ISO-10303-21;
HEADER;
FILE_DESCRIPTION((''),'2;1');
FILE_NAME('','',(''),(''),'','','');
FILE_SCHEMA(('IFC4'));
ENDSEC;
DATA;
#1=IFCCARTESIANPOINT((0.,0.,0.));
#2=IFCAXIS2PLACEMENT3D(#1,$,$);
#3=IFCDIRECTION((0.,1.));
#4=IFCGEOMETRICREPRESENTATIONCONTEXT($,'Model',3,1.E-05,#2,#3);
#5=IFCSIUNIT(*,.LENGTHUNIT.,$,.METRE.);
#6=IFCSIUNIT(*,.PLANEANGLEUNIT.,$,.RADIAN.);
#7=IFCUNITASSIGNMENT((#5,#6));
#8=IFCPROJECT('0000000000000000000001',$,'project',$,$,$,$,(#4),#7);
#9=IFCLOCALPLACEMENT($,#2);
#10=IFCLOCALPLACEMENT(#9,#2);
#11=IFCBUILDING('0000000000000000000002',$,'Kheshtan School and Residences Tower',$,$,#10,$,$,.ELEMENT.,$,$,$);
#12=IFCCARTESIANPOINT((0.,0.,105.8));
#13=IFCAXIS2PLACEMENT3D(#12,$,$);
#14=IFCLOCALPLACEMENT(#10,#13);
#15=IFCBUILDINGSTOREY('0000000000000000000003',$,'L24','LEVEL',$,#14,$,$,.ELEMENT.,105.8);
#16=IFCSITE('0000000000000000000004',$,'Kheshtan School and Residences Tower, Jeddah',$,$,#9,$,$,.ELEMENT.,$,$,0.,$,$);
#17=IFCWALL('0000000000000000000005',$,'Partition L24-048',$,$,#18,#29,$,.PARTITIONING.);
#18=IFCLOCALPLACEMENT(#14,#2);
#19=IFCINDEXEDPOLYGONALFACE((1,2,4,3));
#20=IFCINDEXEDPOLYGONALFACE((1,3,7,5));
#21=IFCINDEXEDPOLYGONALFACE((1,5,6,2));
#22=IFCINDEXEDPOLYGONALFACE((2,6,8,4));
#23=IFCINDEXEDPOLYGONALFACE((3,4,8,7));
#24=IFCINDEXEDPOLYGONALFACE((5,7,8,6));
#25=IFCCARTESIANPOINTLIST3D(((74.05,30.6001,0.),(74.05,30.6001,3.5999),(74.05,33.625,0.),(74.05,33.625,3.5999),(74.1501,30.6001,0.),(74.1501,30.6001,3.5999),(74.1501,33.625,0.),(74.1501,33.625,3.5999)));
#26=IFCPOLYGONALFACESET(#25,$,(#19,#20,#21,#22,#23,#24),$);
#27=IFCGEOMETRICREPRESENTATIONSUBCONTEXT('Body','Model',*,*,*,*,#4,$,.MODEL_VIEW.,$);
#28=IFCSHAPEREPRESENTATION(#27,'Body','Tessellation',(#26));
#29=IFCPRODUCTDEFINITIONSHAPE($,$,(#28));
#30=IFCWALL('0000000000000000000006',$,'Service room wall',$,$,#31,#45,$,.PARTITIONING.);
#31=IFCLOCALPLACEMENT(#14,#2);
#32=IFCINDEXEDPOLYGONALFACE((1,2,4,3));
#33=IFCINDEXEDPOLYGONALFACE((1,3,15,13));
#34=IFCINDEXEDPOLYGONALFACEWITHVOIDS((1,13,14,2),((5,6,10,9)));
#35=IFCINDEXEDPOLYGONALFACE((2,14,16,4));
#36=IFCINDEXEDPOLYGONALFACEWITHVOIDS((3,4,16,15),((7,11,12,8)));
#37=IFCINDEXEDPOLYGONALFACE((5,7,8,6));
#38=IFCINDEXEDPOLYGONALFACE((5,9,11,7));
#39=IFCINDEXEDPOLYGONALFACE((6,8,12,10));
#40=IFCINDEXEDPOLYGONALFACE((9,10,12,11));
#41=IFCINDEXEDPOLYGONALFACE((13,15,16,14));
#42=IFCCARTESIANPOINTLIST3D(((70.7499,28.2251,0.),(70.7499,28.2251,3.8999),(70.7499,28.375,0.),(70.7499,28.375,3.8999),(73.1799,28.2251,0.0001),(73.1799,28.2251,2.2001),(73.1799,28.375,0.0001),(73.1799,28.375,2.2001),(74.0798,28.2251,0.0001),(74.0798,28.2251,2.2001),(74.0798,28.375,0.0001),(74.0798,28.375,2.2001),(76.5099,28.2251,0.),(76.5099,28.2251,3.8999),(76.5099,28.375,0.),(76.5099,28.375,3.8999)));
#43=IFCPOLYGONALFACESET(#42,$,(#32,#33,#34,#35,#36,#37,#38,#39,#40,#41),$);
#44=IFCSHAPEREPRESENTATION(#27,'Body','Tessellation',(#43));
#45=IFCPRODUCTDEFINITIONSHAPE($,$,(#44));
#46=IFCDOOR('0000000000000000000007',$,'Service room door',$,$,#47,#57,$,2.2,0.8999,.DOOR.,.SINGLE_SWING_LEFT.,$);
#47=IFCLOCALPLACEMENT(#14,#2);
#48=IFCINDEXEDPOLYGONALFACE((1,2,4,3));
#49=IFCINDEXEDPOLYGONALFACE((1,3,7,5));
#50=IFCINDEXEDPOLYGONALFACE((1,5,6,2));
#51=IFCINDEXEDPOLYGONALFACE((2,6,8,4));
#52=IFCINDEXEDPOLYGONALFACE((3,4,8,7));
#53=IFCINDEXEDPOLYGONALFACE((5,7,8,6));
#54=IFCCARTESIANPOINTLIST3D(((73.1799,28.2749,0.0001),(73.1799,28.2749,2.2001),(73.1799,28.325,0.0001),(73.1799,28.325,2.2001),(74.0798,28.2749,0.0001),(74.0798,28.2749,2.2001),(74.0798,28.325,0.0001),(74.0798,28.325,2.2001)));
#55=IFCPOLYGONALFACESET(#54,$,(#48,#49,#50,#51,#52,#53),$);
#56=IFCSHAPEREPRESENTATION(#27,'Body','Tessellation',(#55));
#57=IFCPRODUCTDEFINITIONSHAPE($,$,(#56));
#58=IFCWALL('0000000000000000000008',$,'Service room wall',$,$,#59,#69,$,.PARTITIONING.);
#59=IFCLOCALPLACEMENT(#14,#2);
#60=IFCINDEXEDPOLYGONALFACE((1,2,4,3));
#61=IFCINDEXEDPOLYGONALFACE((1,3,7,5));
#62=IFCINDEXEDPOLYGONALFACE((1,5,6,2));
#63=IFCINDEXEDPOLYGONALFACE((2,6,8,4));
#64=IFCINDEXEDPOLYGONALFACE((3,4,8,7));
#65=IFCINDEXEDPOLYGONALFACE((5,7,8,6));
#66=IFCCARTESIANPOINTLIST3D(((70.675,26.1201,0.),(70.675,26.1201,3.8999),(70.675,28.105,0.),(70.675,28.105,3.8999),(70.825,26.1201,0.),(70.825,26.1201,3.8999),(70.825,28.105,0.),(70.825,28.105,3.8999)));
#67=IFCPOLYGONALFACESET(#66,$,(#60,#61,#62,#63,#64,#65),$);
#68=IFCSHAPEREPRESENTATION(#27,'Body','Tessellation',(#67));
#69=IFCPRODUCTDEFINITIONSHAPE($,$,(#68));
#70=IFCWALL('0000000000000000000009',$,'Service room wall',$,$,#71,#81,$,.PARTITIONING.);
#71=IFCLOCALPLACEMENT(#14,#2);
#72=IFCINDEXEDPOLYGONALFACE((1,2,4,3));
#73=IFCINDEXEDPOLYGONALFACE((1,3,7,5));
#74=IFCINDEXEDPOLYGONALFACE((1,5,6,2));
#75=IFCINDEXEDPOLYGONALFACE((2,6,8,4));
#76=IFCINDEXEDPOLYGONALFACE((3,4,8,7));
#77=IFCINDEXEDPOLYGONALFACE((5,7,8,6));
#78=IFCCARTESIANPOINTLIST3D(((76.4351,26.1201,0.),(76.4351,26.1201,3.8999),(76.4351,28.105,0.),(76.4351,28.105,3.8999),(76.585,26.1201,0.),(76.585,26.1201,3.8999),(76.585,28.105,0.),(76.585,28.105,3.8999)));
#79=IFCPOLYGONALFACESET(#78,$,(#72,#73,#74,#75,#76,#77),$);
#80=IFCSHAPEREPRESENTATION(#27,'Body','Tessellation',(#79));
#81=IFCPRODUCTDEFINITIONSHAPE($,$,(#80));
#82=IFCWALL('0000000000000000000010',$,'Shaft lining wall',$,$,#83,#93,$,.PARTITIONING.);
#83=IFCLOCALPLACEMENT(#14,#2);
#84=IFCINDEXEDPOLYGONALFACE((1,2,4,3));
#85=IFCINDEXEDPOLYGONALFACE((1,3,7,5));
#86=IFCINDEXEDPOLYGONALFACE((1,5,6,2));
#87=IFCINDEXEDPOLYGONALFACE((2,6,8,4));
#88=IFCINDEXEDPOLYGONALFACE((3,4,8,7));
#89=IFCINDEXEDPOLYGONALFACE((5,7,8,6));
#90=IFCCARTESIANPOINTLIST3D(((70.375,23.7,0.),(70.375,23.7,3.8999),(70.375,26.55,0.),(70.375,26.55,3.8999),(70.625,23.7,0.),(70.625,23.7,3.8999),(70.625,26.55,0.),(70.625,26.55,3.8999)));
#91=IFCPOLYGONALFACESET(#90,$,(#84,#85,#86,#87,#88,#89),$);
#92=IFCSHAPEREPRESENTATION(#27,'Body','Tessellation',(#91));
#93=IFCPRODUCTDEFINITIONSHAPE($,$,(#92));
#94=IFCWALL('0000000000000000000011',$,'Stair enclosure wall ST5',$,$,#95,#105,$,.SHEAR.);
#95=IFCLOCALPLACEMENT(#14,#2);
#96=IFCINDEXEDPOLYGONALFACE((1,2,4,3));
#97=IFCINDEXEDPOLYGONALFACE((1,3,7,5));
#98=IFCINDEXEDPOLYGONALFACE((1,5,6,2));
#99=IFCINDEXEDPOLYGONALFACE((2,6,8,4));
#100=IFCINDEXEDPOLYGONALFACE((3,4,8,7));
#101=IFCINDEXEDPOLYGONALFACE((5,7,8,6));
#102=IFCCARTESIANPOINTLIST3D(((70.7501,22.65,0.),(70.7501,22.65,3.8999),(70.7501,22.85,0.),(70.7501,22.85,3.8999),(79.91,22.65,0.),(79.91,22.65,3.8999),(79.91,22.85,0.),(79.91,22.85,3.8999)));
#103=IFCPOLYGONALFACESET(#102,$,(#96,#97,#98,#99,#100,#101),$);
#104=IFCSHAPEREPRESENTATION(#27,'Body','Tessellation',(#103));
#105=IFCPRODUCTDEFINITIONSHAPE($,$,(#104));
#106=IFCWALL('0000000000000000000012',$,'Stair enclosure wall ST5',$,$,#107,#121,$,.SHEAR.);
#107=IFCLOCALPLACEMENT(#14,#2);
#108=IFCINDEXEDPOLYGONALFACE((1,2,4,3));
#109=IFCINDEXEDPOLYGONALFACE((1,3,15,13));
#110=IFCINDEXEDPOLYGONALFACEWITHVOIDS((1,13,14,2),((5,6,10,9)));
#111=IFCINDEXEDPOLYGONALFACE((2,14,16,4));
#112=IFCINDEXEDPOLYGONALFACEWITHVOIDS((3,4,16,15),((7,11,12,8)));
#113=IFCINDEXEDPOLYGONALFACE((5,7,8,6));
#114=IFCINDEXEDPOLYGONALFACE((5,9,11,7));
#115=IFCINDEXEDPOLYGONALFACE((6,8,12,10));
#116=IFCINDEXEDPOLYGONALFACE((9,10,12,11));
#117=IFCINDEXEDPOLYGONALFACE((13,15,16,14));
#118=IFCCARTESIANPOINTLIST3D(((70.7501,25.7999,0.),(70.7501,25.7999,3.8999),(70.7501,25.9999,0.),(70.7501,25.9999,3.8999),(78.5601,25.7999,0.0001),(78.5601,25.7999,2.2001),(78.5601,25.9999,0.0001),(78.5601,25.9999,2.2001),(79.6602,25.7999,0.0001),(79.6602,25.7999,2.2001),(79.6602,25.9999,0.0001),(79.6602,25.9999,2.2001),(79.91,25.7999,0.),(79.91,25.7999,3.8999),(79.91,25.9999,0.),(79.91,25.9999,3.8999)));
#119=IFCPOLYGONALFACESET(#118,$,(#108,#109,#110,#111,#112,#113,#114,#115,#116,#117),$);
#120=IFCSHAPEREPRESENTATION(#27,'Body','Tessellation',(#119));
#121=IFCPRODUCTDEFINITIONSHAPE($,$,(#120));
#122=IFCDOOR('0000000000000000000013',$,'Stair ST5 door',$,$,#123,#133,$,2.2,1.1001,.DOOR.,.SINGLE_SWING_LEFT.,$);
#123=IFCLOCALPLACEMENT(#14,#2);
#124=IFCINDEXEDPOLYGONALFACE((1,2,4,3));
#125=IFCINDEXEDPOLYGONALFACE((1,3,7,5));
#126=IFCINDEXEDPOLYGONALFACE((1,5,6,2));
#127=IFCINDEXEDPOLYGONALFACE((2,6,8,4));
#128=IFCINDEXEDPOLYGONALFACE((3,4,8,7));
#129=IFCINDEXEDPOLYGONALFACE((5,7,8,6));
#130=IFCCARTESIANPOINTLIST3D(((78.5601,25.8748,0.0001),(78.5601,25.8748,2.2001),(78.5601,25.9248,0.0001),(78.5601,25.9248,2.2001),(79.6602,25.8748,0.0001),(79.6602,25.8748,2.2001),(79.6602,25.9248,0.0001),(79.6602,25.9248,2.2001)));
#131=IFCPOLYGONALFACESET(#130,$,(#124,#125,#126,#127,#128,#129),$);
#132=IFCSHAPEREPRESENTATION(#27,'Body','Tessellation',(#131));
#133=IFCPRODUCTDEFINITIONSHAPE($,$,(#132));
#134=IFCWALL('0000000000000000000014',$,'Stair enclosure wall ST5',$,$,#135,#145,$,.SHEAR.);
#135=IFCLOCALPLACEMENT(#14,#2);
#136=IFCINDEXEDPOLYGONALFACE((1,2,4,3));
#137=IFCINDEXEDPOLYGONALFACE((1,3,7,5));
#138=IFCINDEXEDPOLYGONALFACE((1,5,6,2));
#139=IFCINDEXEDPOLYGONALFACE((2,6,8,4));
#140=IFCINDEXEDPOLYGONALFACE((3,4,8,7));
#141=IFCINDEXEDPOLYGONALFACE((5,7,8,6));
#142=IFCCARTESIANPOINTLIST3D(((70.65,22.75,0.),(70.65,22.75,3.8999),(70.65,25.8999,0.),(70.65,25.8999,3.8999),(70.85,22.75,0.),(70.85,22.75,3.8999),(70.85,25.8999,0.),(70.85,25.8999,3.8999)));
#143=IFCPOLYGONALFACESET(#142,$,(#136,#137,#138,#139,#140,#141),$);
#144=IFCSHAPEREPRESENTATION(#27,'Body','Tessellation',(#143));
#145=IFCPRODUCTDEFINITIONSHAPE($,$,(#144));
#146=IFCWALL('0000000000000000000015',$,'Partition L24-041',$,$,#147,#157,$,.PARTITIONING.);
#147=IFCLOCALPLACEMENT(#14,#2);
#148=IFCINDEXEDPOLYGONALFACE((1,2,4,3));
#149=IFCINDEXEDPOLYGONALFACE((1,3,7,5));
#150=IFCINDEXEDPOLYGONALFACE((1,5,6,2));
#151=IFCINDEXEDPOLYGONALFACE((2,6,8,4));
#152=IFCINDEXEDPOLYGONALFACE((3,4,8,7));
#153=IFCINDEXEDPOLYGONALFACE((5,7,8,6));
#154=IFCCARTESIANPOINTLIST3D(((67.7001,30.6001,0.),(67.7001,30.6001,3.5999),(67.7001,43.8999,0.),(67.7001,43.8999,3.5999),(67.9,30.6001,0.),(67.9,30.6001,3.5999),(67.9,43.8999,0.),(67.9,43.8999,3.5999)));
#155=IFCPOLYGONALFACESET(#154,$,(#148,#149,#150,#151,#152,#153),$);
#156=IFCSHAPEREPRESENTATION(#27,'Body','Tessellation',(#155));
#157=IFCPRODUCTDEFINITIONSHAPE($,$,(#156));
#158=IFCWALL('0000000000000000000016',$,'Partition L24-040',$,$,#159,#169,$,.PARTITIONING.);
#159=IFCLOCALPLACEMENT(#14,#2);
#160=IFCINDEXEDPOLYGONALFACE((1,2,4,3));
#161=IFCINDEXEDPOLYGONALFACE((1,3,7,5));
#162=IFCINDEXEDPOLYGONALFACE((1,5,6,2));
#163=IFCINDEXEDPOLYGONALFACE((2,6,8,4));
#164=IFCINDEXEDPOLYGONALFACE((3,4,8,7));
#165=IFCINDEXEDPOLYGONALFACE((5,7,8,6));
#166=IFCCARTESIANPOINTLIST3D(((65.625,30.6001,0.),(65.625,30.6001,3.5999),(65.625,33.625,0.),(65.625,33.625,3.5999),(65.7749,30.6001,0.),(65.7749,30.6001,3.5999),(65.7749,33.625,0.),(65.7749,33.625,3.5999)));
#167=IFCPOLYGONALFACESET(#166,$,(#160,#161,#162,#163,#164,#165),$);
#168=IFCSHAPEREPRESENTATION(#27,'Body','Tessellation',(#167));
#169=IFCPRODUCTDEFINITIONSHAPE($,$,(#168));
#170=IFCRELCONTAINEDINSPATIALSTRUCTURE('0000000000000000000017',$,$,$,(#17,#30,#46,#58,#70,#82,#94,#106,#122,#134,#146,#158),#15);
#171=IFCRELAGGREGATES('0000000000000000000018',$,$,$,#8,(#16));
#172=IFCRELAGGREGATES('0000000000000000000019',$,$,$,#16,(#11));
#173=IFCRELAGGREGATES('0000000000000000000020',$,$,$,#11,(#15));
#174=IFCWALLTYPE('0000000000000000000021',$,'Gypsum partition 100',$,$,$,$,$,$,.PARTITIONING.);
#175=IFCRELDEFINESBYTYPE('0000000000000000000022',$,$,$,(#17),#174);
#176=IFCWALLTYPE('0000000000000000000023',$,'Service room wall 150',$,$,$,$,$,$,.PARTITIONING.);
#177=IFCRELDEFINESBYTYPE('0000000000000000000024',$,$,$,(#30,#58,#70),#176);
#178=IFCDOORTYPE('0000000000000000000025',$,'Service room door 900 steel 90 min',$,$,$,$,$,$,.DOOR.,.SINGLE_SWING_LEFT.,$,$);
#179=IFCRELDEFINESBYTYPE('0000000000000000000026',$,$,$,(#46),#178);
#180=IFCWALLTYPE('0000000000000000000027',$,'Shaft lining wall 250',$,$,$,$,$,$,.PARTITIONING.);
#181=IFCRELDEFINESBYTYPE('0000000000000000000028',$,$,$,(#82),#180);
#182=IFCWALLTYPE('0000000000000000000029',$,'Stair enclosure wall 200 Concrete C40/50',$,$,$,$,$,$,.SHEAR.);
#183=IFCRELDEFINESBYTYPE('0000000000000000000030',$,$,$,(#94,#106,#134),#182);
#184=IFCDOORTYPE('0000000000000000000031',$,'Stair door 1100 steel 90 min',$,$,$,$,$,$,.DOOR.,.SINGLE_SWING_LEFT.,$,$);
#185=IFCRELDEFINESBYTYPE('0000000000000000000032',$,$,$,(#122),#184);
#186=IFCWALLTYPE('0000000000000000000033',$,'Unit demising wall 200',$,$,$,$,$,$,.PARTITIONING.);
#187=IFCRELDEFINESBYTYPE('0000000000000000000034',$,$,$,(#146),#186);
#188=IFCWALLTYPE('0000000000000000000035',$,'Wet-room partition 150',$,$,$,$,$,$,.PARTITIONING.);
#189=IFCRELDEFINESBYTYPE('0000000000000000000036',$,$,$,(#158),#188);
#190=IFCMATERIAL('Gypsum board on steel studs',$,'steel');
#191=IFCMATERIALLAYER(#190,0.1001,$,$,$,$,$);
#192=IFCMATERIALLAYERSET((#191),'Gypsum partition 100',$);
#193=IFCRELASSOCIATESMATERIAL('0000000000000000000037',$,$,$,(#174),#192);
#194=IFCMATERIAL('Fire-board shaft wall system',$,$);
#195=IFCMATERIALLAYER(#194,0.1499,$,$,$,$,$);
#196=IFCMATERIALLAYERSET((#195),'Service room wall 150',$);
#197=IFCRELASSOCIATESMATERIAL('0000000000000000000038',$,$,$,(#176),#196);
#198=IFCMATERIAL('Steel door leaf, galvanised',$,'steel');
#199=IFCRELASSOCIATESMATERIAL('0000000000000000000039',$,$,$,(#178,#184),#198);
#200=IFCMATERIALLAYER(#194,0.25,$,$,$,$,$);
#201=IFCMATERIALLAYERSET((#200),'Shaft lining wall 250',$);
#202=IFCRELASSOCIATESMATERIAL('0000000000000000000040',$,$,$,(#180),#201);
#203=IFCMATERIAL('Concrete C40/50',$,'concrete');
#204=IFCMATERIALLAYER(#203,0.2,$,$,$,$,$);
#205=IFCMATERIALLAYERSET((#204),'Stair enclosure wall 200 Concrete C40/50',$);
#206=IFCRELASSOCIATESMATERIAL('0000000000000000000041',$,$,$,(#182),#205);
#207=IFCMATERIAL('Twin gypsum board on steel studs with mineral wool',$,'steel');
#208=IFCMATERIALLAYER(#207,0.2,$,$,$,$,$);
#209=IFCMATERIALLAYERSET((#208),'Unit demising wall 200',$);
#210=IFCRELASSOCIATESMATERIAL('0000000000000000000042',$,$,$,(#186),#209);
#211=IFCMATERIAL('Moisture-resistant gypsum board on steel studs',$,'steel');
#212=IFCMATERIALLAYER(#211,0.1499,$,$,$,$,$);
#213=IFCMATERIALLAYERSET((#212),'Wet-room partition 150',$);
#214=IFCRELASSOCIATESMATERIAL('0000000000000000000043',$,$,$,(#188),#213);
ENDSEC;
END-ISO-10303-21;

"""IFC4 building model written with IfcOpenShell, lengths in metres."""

from ifc_helpers import new_model, si_unit, direction, frame, frame_2d, origin, place, context, subcontext, project, spatial, rectangle, extrude, source, transform, mapped, material, layer, layer_set, type_object, element, fill, save


model = new_model("IFC4")

# Units and contexts
model_context = context("Model", 3, precision=1e-05, world=origin(), true_north=direction((0.0, 1.0)))
body_context = subcontext(model_context, "Body", "Model", "MODEL_VIEW")
ifc_project = project(units=[si_unit("LENGTHUNIT", "METRE"), si_unit("PLANEANGLEUNIT", "RADIAN")], contexts=[model_context])

# Site, building, storey
site_placement = place(None, origin())
site = spatial("IfcSite", under=ifc_project, at=site_placement, Name="Kheshtan School and Residences Tower, Jeddah", CompositionType="ELEMENT", RefElevation=0.0)
building_placement = place(site_placement, origin())
building = spatial("IfcBuilding", under=site, at=building_placement, Name="Kheshtan School and Residences Tower", CompositionType="ELEMENT")
storey_placement = place(building_placement, frame((0.0, 0.0, 105.8)))
storey = spatial("IfcBuildingStorey", under=building, at=storey_placement, Name="L24", Description="LEVEL", CompositionType="ELEMENT", Elevation=105.8)

# Wall
ifc_material_1 = material(Name="Gypsum board on steel studs", Category="steel")
ifc_layer_1 = layer(ifc_material_1, 0.1001)
ifc_layer_set_1 = layer_set([ifc_layer_1], Name="Gypsum partition 100")
wall_type_1 = type_object("IfcWallType", Name="Gypsum partition 100", PredefinedType="PARTITIONING", material=ifc_layer_set_1)
wall_1_placement = place(storey_placement, frame((74.1001, 30.6001, 0.0), z_axis=(0.0, 0.0, 1.0), x_axis=(0.0, 1.0, 0.0)))
element("IfcWall", 1, at=wall_1_placement, inside=storey, type_object=wall_type_1, Name="Partition L24-048", PredefinedType="PARTITIONING", context=body_context, shape_type="SweptSolid", body=[
    extrude(rectangle(XDim=3.0249, YDim=0.1001, at=frame_2d((1.5125, 0.0))), origin(), (0.0, 0.0, 1.0), 3.5999),
])

# Wall, opening, door
ifc_material_2 = material(Name="Fire-board shaft wall system")
ifc_layer_2 = layer(ifc_material_2, 0.1499)
ifc_layer_set_2 = layer_set([ifc_layer_2], Name="Service room wall 150")
wall_type_2 = type_object("IfcWallType", Name="Service room wall 150", PredefinedType="PARTITIONING", material=ifc_layer_set_2)
wall_2_placement = place(storey_placement, frame((70.75, 28.3, 0.0), z_axis=(0.0, 0.0, 1.0), x_axis=(1.0, 0.0, 0.0)))
wall_2 = element("IfcWall", 2, at=wall_2_placement, inside=storey, type_object=wall_type_2, Name="Service room wall", PredefinedType="PARTITIONING", context=body_context, shape_type="SweptSolid", body=[
    extrude(rectangle(XDim=5.76, YDim=0.1499, at=frame_2d((2.8799, 0.0))), origin(), (0.0, 0.0, 1.0), 3.8999),
])
opening_1_placement = place(wall_2_placement, frame((2.4299, 0.0, 0.0)))
opening_1 = element("IfcOpeningElement", 3, at=opening_1_placement, cuts=wall_2, PredefinedType="OPENING", context=body_context, shape_type="SweptSolid", body=[
    extrude(rectangle(XDim=0.8999, YDim=2.2, at=frame_2d((0.45, 1.1001))), frame((0.0, 0.085, 0.0), z_axis=(0.0, -1.0, 0.0), x_axis=(1.0, 0.0, 0.0)), (0.0, 0.0, 1.0), 0.1699),
])
ifc_material_3 = material(Name="Steel door leaf, galvanised", Category="steel")
door_type_1 = type_object("IfcDoorType", Name="Service room door 900 steel 90 min", OperationType="SINGLE_SWING_LEFT", PredefinedType="DOOR", material=ifc_material_3)
shared_shape_1 = source(origin(), body_context, "Body", "SweptSolid", [
    extrude(rectangle(XDim=0.8999, YDim=2.2, at=frame_2d((0.45, 1.1001))), frame((0.0, 0.0249, 0.0), z_axis=(0.0, -1.0, 0.0), x_axis=(1.0, 0.0, 0.0)), (0.0, 0.0, 1.0), 0.05),
])
door_1_placement = place(opening_1_placement, origin())
door_1 = element("IfcDoor", 4, at=door_1_placement, inside=storey, type_object=door_type_1, Name="Service room door", OperationType="SINGLE_SWING_LEFT", OverallHeight=2.2, OverallWidth=0.8999, PredefinedType="DOOR", context=body_context, shape_type="MappedRepresentation", body=[
    mapped(shared_shape_1, transform((0.0, 0.0, 0.0), x_axis=(1.0, 0.0, 0.0), y_axis=(0.0, 1.0, 0.0), z_axis=(0.0, 0.0, 1.0), scale=1.0)),
])
fill(opening_1, door_1)

# Walls
for number, where, z_axis, x_axis, name in (
    (5, (70.75, 26.1201, 0.0), (0.0, 0.0, 1.0), (0.0, 1.0, 0.0), "Service room wall"),
    (6, (76.51, 26.1201, 0.0), (0.0, 0.0, 1.0), (0.0, 1.0, 0.0), "Service room wall"),
):
    element("IfcWall", number, at=place(storey_placement, frame(where, z_axis=z_axis, x_axis=x_axis)), inside=storey, type_object=wall_type_2, Name=name, PredefinedType="PARTITIONING", context=body_context, shape_type="SweptSolid", body=[
        extrude(rectangle(XDim=1.9849, YDim=0.1499, at=frame_2d((0.9924, 0.0))), origin(), (0.0, 0.0, 1.0), 3.8999),
    ])
ifc_layer_3 = layer(ifc_material_2, 0.25)
ifc_layer_set_3 = layer_set([ifc_layer_3], Name="Shaft lining wall 250")
wall_type_3 = type_object("IfcWallType", Name="Shaft lining wall 250", PredefinedType="PARTITIONING", material=ifc_layer_set_3)
wall_3_placement = place(storey_placement, frame((70.5, 23.7, 0.0), z_axis=(0.0, 0.0, 1.0), x_axis=(0.0, 1.0, 0.0)))
element("IfcWall", 7, at=wall_3_placement, inside=storey, type_object=wall_type_3, Name="Shaft lining wall", PredefinedType="PARTITIONING", context=body_context, shape_type="SweptSolid", body=[
    extrude(rectangle(XDim=2.8501, YDim=0.25, at=frame_2d((1.425, 0.0))), origin(), (0.0, 0.0, 1.0), 3.8999),
])
ifc_material_4 = material(Name="Concrete C40/50", Category="concrete")
ifc_layer_4 = layer(ifc_material_4, 0.2)
ifc_layer_set_4 = layer_set([ifc_layer_4], Name="Stair enclosure wall 200 Concrete C40/50")
wall_type_4 = type_object("IfcWallType", Name="Stair enclosure wall 200 Concrete C40/50", PredefinedType="SHEAR", material=ifc_layer_set_4)
wall_4_placement = place(storey_placement, frame((70.75, 22.75, 0.0), z_axis=(0.0, 0.0, 1.0), x_axis=(1.0, 0.0, 0.0)))
element("IfcWall", 8, at=wall_4_placement, inside=storey, type_object=wall_type_4, Name="Stair enclosure wall ST5", PredefinedType="SHEAR", context=body_context, shape_type="SweptSolid", body=[
    extrude(rectangle(XDim=9.1599, YDim=0.2, at=frame_2d((4.5801, 0.0))), origin(), (0.0, 0.0, 1.0), 3.8999),
])

# Wall, opening, door
wall_5_placement = place(storey_placement, frame((70.75, 25.8999, 0.0), z_axis=(0.0, 0.0, 1.0), x_axis=(1.0, 0.0, 0.0)))
wall_5 = element("IfcWall", 9, at=wall_5_placement, inside=storey, type_object=wall_type_4, Name="Stair enclosure wall ST5", PredefinedType="SHEAR", context=body_context, shape_type="SweptSolid", body=[
    extrude(rectangle(XDim=9.1599, YDim=0.2, at=frame_2d((4.5801, 0.0))), origin(), (0.0, 0.0, 1.0), 3.8999),
])
opening_2_placement = place(wall_5_placement, frame((7.8101, 0.0, 0.0)))
opening_2 = element("IfcOpeningElement", 10, at=opening_2_placement, cuts=wall_5, PredefinedType="OPENING", context=body_context, shape_type="SweptSolid", body=[
    extrude(rectangle(XDim=1.1001, YDim=2.2, at=frame_2d((0.55, 1.1001))), frame((0.0, 0.1099, 0.0), z_axis=(0.0, -1.0, 0.0), x_axis=(1.0, 0.0, 0.0)), (0.0, 0.0, 1.0), 0.22),
])
door_type_2 = type_object("IfcDoorType", Name="Stair door 1100 steel 90 min", OperationType="SINGLE_SWING_LEFT", PredefinedType="DOOR", material=ifc_material_3)
shared_shape_2 = source(origin(), body_context, "Body", "SweptSolid", [
    extrude(rectangle(XDim=1.1001, YDim=2.2, at=frame_2d((0.55, 1.1001))), frame((0.0, 0.0249, 0.0), z_axis=(0.0, -1.0, 0.0), x_axis=(1.0, 0.0, 0.0)), (0.0, 0.0, 1.0), 0.05),
])
door_2_placement = place(opening_2_placement, origin())
door_2 = element("IfcDoor", 11, at=door_2_placement, inside=storey, type_object=door_type_2, Name="Stair ST5 door", OperationType="SINGLE_SWING_LEFT", OverallHeight=2.2, OverallWidth=1.1001, PredefinedType="DOOR", context=body_context, shape_type="MappedRepresentation", body=[
    mapped(shared_shape_2, transform((0.0, 0.0, 0.0), x_axis=(1.0, 0.0, 0.0), y_axis=(0.0, 1.0, 0.0), z_axis=(0.0, 0.0, 1.0), scale=1.0)),
])
fill(opening_2, door_2)

# Walls
wall_6_placement = place(storey_placement, frame((70.75, 22.75, 0.0), z_axis=(0.0, 0.0, 1.0), x_axis=(0.0, 1.0, 0.0)))
element("IfcWall", 12, at=wall_6_placement, inside=storey, type_object=wall_type_4, Name="Stair enclosure wall ST5", PredefinedType="SHEAR", context=body_context, shape_type="SweptSolid", body=[
    extrude(rectangle(XDim=3.1499, YDim=0.2, at=frame_2d((1.575, 0.0))), origin(), (0.0, 0.0, 1.0), 3.8999),
])
ifc_material_5 = material(Name="Twin gypsum board on steel studs with mineral wool", Category="steel")
ifc_layer_5 = layer(ifc_material_5, 0.2)
ifc_layer_set_5 = layer_set([ifc_layer_5], Name="Unit demising wall 200")
wall_type_5 = type_object("IfcWallType", Name="Unit demising wall 200", PredefinedType="PARTITIONING", material=ifc_layer_set_5)
wall_7_placement = place(storey_placement, frame((67.8, 30.6001, 0.0), z_axis=(0.0, 0.0, 1.0), x_axis=(0.0, 1.0, 0.0)))
element("IfcWall", 13, at=wall_7_placement, inside=storey, type_object=wall_type_5, Name="Partition L24-041", PredefinedType="PARTITIONING", context=body_context, shape_type="SweptSolid", body=[
    extrude(rectangle(XDim=13.2998, YDim=0.2, at=frame_2d((6.6499, 0.0))), origin(), (0.0, 0.0, 1.0), 3.5999),
])
ifc_material_6 = material(Name="Moisture-resistant gypsum board on steel studs", Category="steel")
ifc_layer_6 = layer(ifc_material_6, 0.1499)
ifc_layer_set_6 = layer_set([ifc_layer_6], Name="Wet-room partition 150")
wall_type_6 = type_object("IfcWallType", Name="Wet-room partition 150", PredefinedType="PARTITIONING", material=ifc_layer_set_6)
wall_8_placement = place(storey_placement, frame((65.7, 30.6001, 0.0), z_axis=(0.0, 0.0, 1.0), x_axis=(0.0, 1.0, 0.0)))
element("IfcWall", 14, at=wall_8_placement, inside=storey, type_object=wall_type_6, Name="Partition L24-040", PredefinedType="PARTITIONING", context=body_context, shape_type="SweptSolid", body=[
    extrude(rectangle(XDim=3.0249, YDim=0.1499, at=frame_2d((1.5125, 0.0))), origin(), (0.0, 0.0, 1.0), 3.5999),
])

save(model, "model.ifc")
